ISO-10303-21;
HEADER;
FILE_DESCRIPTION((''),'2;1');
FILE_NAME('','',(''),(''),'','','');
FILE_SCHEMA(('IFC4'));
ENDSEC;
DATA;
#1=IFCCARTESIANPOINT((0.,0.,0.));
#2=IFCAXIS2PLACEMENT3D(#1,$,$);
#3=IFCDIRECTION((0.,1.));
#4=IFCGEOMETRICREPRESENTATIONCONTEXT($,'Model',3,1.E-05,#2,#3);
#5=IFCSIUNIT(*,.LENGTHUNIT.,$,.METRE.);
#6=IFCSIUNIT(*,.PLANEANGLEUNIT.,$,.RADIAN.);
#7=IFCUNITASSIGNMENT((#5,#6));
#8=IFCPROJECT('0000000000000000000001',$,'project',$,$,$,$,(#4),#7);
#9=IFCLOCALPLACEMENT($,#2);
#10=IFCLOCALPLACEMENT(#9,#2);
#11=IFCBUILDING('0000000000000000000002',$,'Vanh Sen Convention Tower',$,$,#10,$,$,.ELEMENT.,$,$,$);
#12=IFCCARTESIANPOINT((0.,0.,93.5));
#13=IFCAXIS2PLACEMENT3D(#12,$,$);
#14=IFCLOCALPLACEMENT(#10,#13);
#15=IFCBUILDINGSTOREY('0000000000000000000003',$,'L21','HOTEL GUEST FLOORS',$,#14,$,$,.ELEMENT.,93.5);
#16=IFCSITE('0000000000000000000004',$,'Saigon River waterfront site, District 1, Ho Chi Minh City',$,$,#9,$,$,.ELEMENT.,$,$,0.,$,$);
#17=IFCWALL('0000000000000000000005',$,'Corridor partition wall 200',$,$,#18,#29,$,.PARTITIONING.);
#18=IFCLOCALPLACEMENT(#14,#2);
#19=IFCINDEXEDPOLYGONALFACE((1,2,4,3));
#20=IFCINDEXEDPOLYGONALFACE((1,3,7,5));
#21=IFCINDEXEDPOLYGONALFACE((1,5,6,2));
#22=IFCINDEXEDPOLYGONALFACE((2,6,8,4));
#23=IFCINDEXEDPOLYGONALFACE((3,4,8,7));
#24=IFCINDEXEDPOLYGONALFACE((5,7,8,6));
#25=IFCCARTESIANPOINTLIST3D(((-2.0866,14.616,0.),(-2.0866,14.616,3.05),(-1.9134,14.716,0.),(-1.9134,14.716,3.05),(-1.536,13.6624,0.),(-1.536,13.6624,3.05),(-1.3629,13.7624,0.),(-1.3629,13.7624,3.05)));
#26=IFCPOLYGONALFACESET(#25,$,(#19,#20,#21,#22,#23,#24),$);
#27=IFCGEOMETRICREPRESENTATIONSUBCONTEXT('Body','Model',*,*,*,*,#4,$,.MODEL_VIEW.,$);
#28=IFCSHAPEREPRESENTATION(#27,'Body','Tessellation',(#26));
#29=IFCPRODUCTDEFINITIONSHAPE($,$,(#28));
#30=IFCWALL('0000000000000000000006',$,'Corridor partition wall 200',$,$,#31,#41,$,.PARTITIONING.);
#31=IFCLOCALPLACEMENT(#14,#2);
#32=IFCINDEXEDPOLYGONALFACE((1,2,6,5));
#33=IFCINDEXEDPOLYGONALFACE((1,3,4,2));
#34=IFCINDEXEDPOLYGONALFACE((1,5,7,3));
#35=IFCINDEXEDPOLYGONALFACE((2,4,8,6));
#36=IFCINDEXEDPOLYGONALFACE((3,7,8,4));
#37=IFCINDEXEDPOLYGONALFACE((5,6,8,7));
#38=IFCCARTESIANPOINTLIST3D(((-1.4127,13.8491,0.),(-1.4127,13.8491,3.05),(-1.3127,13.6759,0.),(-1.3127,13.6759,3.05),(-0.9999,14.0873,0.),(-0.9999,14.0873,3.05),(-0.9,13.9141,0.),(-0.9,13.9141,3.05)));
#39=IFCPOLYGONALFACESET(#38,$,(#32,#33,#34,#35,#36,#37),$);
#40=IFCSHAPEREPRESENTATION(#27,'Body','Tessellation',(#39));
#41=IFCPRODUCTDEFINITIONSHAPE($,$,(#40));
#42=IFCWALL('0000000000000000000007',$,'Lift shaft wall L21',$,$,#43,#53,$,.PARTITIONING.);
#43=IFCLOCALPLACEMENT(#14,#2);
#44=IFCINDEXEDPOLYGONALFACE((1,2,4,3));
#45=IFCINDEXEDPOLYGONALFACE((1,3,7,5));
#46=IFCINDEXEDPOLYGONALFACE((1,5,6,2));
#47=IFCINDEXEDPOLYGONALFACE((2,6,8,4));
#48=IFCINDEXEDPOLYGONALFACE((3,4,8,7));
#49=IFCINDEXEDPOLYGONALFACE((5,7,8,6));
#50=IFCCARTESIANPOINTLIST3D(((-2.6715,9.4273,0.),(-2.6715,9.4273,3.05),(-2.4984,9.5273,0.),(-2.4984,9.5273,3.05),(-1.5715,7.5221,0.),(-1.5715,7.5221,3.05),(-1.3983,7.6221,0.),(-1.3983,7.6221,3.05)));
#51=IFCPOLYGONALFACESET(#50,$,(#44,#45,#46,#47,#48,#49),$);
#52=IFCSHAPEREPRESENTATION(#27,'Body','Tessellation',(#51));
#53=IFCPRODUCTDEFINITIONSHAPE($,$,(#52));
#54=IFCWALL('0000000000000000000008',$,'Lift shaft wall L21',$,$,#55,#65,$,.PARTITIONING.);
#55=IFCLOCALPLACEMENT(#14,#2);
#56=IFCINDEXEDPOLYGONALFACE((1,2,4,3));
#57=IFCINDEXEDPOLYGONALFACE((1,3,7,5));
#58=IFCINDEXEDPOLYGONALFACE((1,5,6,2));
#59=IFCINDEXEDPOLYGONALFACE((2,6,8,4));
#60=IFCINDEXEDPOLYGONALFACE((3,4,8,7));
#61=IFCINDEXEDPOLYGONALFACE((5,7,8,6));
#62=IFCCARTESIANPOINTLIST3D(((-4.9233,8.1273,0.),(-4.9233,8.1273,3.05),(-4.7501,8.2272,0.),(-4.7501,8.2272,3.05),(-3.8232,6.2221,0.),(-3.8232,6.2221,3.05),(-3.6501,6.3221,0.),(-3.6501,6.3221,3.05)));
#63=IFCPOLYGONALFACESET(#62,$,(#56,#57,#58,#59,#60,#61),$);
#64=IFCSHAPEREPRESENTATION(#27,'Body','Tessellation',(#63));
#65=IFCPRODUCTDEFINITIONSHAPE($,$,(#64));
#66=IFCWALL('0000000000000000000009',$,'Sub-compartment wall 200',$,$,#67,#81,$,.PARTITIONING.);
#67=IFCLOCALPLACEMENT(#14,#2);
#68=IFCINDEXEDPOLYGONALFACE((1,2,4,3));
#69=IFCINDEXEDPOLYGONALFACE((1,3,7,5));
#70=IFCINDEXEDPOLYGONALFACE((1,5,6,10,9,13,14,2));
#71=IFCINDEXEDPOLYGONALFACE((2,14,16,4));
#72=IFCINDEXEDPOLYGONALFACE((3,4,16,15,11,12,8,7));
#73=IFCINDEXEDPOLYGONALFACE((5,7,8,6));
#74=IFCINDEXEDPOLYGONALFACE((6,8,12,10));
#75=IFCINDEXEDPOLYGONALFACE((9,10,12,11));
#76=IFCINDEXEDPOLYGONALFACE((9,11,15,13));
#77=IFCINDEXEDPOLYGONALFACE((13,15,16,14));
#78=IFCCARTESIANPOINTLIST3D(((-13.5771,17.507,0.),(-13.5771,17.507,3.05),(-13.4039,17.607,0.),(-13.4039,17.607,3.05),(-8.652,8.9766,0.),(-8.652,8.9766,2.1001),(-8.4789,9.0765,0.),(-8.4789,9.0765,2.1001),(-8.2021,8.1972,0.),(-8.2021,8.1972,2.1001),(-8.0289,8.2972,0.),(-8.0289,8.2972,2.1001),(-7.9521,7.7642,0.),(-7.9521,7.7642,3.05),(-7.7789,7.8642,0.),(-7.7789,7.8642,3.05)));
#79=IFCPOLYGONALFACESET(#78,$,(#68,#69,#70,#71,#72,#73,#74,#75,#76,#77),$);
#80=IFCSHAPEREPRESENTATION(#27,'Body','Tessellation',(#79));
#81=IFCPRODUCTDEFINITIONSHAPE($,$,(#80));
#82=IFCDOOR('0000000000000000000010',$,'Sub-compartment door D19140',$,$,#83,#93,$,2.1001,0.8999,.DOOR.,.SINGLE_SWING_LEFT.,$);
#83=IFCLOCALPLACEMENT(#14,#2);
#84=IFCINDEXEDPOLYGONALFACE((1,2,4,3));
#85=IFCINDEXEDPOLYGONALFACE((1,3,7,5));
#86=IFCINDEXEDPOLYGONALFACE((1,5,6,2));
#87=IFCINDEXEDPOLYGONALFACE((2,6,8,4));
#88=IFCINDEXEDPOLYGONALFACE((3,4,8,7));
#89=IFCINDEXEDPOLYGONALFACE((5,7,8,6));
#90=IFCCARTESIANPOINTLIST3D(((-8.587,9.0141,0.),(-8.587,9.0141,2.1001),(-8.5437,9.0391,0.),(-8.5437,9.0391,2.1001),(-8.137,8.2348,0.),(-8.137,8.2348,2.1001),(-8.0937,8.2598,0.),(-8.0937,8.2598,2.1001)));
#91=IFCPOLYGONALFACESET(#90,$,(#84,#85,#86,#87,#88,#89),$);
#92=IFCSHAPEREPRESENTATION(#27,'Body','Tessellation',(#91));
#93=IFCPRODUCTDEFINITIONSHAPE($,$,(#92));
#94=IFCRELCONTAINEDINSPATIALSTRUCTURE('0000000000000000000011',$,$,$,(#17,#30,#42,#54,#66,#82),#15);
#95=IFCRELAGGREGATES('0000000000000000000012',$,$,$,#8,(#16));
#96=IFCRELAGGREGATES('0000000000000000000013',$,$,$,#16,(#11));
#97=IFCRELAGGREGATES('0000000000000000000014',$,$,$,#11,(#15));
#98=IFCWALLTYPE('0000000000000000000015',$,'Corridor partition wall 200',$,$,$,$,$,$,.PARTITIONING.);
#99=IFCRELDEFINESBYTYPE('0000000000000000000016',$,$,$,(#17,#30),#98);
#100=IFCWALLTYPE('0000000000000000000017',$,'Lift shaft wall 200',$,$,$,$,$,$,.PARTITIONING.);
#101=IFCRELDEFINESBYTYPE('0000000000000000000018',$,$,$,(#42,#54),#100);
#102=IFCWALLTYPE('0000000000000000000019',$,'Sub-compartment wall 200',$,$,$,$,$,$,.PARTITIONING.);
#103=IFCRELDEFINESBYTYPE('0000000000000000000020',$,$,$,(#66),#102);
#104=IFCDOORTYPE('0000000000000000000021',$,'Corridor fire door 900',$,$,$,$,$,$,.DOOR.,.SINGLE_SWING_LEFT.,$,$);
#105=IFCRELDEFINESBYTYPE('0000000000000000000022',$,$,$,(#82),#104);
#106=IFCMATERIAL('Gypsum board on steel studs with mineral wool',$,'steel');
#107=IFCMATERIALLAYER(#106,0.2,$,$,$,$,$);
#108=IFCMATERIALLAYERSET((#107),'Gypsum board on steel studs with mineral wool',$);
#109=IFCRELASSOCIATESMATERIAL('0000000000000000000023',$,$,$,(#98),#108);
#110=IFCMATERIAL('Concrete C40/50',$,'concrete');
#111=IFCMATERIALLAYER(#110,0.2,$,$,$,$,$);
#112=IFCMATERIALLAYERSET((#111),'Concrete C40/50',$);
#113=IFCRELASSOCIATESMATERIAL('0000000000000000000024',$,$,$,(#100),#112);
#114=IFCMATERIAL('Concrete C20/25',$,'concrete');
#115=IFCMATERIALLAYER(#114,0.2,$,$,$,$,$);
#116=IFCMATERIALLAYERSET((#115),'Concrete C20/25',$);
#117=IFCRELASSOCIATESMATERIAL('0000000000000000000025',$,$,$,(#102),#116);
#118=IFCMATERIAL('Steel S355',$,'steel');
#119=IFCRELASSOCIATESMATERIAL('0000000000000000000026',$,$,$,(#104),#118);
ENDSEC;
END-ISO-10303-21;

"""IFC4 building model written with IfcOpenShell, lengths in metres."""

from ifc_helpers import new_model, si_unit, direction, frame, frame_2d, origin, place, context, subcontext, project, spatial, rectangle, extrude, material, layer, layer_set, type_object, element, fill, save


model = new_model("IFC4")

# Units and contexts
model_context = context("Model", 3, precision=1e-05, world=origin(), true_north=direction((0.0, 1.0)))
body_context = subcontext(model_context, "Body", "Model", "MODEL_VIEW")
ifc_project = project(units=[si_unit("LENGTHUNIT", "METRE"), si_unit("PLANEANGLEUNIT", "RADIAN")], contexts=[model_context])

# Site, building, storey
site_placement = place(None, origin())
site = spatial("IfcSite", under=ifc_project, at=site_placement, Name="Saigon River waterfront site, District 1, Ho Chi Minh City", CompositionType="ELEMENT", RefElevation=0.0)
building_placement = place(site_placement, origin())
building = spatial("IfcBuilding", under=site, at=building_placement, Name="Vanh Sen Convention Tower", CompositionType="ELEMENT")
storey_placement = place(building_placement, frame((0.0, 0.0, 93.5)))
storey = spatial("IfcBuildingStorey", under=building, at=storey_placement, Name="L21", Description="HOTEL GUEST FLOORS", CompositionType="ELEMENT", Elevation=93.5)

# Shared definitions
ifc_material_1 = material(Name="Gypsum board on steel studs with mineral wool", Category="steel")
ifc_layer_1 = layer(ifc_material_1, 0.2)
ifc_layer_set_1 = layer_set([ifc_layer_1], Name="Gypsum board on steel studs with mineral wool")
wall_type_1 = type_object("IfcWallType", Name="Corridor partition wall 200", PredefinedType="PARTITIONING", material=ifc_layer_set_1)

# Walls
wall_1_placement = place(storey_placement, frame((-1.4495, 13.7124, 0.0), z_axis=(0.0, 0.0, 1.0), x_axis=(-0.499978, 0.866038, 0.0)))
element("IfcWall", 1, at=wall_1_placement, inside=storey, type_object=wall_type_1, Name="Corridor partition wall 200", PredefinedType="PARTITIONING", context=body_context, shape_type="SweptSolid", body=[
    extrude(rectangle(XDim=1.1011, YDim=0.2, at=frame_2d((0.5505, 0.0))), origin(), (0.0, 0.0, 1.0), 3.05),
])
wall_2_placement = place(storey_placement, frame((-0.95, 14.0007, 0.0), z_axis=(0.0, 0.0, 1.0), x_axis=(-0.866092, -0.499885, 0.0)))
element("IfcWall", 2, at=wall_2_placement, inside=storey, type_object=wall_type_1, Name="Corridor partition wall 200", PredefinedType="PARTITIONING", context=body_context, shape_type="SweptSolid", body=[
    extrude(rectangle(XDim=0.4766, YDim=0.2, at=frame_2d((0.2383, 0.0))), origin(), (0.0, 0.0, 1.0), 3.05),
])
ifc_material_2 = material(Name="Concrete C40/50", Category="concrete")
ifc_layer_2 = layer(ifc_material_2, 0.2)
ifc_layer_set_2 = layer_set([ifc_layer_2], Name="Concrete C40/50")
wall_type_2 = type_object("IfcWallType", Name="Lift shaft wall 200", PredefinedType="PARTITIONING", material=ifc_layer_set_2)
for number, where, z_axis, x_axis, name in (
    (3, (-1.4849, 7.572, 0.0), (0.0, 0.0, 1.0), (-0.50003, 0.866008, 0.0), "Lift shaft wall L21"),
    (4, (-3.7366, 6.272, 0.0), (0.0, 0.0, 1.0), (-0.50003, 0.866008, 0.0), "Lift shaft wall L21"),
):
    element("IfcWall", number, at=place(storey_placement, frame(where, z_axis=z_axis, x_axis=x_axis)), inside=storey, type_object=wall_type_2, Name=name, PredefinedType="PARTITIONING", context=body_context, shape_type="SweptSolid", body=[
        extrude(rectangle(XDim=2.2, YDim=0.2, at=frame_2d((1.1001, 0.0))), origin(), (0.0, 0.0, 1.0), 3.05),
    ])

# Wall, opening, door
ifc_material_3 = material(Name="Concrete C20/25", Category="concrete")
ifc_layer_3 = layer(ifc_material_3, 0.2)
ifc_layer_set_3 = layer_set([ifc_layer_3], Name="Concrete C20/25")
wall_type_3 = type_object("IfcWallType", Name="Sub-compartment wall 200", PredefinedType="PARTITIONING", material=ifc_layer_set_3)
wall_3_placement = place(storey_placement, frame((-7.8655, 7.8142, 0.0), z_axis=(0.0, 0.0, 1.0), x_axis=(-0.500004, 0.866023, 0.0)))
wall_3 = element("IfcWall", 5, at=wall_3_placement, inside=storey, type_object=wall_type_3, Name="Sub-compartment wall 200", PredefinedType="PARTITIONING", context=body_context, shape_type="SweptSolid", body=[
    extrude(rectangle(XDim=11.25, YDim=0.2, at=frame_2d((5.625, 0.0))), origin(), (0.0, 0.0, 1.0), 3.05),
])
opening_1_placement = place(wall_3_placement, frame((0.5, 0.0, 0.0)))
opening_1 = element("IfcOpeningElement", 6, at=opening_1_placement, cuts=wall_3, PredefinedType="OPENING", context=body_context, shape_type="SweptSolid", body=[
    extrude(rectangle(XDim=0.8999, YDim=2.1001, at=frame_2d((0.45, 1.05))), frame((0.0, 0.1099, 0.0), z_axis=(0.0, -1.0, 0.0), x_axis=(1.0, 0.0, 0.0)), (0.0, 0.0, 1.0), 0.22),
])
ifc_material_4 = material(Name="Steel S355", Category="steel")
door_type_1 = type_object("IfcDoorType", Name="Corridor fire door 900", OperationType="SINGLE_SWING_LEFT", PredefinedType="DOOR", material=ifc_material_4)
door_1_placement = place(opening_1_placement, origin())
door_1 = element("IfcDoor", 7, at=door_1_placement, inside=storey, type_object=door_type_1, Name="Sub-compartment door D19140", OperationType="SINGLE_SWING_LEFT", OverallHeight=2.1001, OverallWidth=0.8999, PredefinedType="DOOR", context=body_context, shape_type="SweptSolid", body=[
    extrude(rectangle(XDim=0.8999, YDim=2.1001, at=frame_2d((0.45, 1.05))), frame((0.0, 0.0249, 0.0), z_axis=(0.0, -1.0, 0.0), x_axis=(1.0, 0.0, 0.0)), (0.0, 0.0, 1.0), 0.05),
])
fill(opening_1, door_1)

save(model, "model.ifc")
